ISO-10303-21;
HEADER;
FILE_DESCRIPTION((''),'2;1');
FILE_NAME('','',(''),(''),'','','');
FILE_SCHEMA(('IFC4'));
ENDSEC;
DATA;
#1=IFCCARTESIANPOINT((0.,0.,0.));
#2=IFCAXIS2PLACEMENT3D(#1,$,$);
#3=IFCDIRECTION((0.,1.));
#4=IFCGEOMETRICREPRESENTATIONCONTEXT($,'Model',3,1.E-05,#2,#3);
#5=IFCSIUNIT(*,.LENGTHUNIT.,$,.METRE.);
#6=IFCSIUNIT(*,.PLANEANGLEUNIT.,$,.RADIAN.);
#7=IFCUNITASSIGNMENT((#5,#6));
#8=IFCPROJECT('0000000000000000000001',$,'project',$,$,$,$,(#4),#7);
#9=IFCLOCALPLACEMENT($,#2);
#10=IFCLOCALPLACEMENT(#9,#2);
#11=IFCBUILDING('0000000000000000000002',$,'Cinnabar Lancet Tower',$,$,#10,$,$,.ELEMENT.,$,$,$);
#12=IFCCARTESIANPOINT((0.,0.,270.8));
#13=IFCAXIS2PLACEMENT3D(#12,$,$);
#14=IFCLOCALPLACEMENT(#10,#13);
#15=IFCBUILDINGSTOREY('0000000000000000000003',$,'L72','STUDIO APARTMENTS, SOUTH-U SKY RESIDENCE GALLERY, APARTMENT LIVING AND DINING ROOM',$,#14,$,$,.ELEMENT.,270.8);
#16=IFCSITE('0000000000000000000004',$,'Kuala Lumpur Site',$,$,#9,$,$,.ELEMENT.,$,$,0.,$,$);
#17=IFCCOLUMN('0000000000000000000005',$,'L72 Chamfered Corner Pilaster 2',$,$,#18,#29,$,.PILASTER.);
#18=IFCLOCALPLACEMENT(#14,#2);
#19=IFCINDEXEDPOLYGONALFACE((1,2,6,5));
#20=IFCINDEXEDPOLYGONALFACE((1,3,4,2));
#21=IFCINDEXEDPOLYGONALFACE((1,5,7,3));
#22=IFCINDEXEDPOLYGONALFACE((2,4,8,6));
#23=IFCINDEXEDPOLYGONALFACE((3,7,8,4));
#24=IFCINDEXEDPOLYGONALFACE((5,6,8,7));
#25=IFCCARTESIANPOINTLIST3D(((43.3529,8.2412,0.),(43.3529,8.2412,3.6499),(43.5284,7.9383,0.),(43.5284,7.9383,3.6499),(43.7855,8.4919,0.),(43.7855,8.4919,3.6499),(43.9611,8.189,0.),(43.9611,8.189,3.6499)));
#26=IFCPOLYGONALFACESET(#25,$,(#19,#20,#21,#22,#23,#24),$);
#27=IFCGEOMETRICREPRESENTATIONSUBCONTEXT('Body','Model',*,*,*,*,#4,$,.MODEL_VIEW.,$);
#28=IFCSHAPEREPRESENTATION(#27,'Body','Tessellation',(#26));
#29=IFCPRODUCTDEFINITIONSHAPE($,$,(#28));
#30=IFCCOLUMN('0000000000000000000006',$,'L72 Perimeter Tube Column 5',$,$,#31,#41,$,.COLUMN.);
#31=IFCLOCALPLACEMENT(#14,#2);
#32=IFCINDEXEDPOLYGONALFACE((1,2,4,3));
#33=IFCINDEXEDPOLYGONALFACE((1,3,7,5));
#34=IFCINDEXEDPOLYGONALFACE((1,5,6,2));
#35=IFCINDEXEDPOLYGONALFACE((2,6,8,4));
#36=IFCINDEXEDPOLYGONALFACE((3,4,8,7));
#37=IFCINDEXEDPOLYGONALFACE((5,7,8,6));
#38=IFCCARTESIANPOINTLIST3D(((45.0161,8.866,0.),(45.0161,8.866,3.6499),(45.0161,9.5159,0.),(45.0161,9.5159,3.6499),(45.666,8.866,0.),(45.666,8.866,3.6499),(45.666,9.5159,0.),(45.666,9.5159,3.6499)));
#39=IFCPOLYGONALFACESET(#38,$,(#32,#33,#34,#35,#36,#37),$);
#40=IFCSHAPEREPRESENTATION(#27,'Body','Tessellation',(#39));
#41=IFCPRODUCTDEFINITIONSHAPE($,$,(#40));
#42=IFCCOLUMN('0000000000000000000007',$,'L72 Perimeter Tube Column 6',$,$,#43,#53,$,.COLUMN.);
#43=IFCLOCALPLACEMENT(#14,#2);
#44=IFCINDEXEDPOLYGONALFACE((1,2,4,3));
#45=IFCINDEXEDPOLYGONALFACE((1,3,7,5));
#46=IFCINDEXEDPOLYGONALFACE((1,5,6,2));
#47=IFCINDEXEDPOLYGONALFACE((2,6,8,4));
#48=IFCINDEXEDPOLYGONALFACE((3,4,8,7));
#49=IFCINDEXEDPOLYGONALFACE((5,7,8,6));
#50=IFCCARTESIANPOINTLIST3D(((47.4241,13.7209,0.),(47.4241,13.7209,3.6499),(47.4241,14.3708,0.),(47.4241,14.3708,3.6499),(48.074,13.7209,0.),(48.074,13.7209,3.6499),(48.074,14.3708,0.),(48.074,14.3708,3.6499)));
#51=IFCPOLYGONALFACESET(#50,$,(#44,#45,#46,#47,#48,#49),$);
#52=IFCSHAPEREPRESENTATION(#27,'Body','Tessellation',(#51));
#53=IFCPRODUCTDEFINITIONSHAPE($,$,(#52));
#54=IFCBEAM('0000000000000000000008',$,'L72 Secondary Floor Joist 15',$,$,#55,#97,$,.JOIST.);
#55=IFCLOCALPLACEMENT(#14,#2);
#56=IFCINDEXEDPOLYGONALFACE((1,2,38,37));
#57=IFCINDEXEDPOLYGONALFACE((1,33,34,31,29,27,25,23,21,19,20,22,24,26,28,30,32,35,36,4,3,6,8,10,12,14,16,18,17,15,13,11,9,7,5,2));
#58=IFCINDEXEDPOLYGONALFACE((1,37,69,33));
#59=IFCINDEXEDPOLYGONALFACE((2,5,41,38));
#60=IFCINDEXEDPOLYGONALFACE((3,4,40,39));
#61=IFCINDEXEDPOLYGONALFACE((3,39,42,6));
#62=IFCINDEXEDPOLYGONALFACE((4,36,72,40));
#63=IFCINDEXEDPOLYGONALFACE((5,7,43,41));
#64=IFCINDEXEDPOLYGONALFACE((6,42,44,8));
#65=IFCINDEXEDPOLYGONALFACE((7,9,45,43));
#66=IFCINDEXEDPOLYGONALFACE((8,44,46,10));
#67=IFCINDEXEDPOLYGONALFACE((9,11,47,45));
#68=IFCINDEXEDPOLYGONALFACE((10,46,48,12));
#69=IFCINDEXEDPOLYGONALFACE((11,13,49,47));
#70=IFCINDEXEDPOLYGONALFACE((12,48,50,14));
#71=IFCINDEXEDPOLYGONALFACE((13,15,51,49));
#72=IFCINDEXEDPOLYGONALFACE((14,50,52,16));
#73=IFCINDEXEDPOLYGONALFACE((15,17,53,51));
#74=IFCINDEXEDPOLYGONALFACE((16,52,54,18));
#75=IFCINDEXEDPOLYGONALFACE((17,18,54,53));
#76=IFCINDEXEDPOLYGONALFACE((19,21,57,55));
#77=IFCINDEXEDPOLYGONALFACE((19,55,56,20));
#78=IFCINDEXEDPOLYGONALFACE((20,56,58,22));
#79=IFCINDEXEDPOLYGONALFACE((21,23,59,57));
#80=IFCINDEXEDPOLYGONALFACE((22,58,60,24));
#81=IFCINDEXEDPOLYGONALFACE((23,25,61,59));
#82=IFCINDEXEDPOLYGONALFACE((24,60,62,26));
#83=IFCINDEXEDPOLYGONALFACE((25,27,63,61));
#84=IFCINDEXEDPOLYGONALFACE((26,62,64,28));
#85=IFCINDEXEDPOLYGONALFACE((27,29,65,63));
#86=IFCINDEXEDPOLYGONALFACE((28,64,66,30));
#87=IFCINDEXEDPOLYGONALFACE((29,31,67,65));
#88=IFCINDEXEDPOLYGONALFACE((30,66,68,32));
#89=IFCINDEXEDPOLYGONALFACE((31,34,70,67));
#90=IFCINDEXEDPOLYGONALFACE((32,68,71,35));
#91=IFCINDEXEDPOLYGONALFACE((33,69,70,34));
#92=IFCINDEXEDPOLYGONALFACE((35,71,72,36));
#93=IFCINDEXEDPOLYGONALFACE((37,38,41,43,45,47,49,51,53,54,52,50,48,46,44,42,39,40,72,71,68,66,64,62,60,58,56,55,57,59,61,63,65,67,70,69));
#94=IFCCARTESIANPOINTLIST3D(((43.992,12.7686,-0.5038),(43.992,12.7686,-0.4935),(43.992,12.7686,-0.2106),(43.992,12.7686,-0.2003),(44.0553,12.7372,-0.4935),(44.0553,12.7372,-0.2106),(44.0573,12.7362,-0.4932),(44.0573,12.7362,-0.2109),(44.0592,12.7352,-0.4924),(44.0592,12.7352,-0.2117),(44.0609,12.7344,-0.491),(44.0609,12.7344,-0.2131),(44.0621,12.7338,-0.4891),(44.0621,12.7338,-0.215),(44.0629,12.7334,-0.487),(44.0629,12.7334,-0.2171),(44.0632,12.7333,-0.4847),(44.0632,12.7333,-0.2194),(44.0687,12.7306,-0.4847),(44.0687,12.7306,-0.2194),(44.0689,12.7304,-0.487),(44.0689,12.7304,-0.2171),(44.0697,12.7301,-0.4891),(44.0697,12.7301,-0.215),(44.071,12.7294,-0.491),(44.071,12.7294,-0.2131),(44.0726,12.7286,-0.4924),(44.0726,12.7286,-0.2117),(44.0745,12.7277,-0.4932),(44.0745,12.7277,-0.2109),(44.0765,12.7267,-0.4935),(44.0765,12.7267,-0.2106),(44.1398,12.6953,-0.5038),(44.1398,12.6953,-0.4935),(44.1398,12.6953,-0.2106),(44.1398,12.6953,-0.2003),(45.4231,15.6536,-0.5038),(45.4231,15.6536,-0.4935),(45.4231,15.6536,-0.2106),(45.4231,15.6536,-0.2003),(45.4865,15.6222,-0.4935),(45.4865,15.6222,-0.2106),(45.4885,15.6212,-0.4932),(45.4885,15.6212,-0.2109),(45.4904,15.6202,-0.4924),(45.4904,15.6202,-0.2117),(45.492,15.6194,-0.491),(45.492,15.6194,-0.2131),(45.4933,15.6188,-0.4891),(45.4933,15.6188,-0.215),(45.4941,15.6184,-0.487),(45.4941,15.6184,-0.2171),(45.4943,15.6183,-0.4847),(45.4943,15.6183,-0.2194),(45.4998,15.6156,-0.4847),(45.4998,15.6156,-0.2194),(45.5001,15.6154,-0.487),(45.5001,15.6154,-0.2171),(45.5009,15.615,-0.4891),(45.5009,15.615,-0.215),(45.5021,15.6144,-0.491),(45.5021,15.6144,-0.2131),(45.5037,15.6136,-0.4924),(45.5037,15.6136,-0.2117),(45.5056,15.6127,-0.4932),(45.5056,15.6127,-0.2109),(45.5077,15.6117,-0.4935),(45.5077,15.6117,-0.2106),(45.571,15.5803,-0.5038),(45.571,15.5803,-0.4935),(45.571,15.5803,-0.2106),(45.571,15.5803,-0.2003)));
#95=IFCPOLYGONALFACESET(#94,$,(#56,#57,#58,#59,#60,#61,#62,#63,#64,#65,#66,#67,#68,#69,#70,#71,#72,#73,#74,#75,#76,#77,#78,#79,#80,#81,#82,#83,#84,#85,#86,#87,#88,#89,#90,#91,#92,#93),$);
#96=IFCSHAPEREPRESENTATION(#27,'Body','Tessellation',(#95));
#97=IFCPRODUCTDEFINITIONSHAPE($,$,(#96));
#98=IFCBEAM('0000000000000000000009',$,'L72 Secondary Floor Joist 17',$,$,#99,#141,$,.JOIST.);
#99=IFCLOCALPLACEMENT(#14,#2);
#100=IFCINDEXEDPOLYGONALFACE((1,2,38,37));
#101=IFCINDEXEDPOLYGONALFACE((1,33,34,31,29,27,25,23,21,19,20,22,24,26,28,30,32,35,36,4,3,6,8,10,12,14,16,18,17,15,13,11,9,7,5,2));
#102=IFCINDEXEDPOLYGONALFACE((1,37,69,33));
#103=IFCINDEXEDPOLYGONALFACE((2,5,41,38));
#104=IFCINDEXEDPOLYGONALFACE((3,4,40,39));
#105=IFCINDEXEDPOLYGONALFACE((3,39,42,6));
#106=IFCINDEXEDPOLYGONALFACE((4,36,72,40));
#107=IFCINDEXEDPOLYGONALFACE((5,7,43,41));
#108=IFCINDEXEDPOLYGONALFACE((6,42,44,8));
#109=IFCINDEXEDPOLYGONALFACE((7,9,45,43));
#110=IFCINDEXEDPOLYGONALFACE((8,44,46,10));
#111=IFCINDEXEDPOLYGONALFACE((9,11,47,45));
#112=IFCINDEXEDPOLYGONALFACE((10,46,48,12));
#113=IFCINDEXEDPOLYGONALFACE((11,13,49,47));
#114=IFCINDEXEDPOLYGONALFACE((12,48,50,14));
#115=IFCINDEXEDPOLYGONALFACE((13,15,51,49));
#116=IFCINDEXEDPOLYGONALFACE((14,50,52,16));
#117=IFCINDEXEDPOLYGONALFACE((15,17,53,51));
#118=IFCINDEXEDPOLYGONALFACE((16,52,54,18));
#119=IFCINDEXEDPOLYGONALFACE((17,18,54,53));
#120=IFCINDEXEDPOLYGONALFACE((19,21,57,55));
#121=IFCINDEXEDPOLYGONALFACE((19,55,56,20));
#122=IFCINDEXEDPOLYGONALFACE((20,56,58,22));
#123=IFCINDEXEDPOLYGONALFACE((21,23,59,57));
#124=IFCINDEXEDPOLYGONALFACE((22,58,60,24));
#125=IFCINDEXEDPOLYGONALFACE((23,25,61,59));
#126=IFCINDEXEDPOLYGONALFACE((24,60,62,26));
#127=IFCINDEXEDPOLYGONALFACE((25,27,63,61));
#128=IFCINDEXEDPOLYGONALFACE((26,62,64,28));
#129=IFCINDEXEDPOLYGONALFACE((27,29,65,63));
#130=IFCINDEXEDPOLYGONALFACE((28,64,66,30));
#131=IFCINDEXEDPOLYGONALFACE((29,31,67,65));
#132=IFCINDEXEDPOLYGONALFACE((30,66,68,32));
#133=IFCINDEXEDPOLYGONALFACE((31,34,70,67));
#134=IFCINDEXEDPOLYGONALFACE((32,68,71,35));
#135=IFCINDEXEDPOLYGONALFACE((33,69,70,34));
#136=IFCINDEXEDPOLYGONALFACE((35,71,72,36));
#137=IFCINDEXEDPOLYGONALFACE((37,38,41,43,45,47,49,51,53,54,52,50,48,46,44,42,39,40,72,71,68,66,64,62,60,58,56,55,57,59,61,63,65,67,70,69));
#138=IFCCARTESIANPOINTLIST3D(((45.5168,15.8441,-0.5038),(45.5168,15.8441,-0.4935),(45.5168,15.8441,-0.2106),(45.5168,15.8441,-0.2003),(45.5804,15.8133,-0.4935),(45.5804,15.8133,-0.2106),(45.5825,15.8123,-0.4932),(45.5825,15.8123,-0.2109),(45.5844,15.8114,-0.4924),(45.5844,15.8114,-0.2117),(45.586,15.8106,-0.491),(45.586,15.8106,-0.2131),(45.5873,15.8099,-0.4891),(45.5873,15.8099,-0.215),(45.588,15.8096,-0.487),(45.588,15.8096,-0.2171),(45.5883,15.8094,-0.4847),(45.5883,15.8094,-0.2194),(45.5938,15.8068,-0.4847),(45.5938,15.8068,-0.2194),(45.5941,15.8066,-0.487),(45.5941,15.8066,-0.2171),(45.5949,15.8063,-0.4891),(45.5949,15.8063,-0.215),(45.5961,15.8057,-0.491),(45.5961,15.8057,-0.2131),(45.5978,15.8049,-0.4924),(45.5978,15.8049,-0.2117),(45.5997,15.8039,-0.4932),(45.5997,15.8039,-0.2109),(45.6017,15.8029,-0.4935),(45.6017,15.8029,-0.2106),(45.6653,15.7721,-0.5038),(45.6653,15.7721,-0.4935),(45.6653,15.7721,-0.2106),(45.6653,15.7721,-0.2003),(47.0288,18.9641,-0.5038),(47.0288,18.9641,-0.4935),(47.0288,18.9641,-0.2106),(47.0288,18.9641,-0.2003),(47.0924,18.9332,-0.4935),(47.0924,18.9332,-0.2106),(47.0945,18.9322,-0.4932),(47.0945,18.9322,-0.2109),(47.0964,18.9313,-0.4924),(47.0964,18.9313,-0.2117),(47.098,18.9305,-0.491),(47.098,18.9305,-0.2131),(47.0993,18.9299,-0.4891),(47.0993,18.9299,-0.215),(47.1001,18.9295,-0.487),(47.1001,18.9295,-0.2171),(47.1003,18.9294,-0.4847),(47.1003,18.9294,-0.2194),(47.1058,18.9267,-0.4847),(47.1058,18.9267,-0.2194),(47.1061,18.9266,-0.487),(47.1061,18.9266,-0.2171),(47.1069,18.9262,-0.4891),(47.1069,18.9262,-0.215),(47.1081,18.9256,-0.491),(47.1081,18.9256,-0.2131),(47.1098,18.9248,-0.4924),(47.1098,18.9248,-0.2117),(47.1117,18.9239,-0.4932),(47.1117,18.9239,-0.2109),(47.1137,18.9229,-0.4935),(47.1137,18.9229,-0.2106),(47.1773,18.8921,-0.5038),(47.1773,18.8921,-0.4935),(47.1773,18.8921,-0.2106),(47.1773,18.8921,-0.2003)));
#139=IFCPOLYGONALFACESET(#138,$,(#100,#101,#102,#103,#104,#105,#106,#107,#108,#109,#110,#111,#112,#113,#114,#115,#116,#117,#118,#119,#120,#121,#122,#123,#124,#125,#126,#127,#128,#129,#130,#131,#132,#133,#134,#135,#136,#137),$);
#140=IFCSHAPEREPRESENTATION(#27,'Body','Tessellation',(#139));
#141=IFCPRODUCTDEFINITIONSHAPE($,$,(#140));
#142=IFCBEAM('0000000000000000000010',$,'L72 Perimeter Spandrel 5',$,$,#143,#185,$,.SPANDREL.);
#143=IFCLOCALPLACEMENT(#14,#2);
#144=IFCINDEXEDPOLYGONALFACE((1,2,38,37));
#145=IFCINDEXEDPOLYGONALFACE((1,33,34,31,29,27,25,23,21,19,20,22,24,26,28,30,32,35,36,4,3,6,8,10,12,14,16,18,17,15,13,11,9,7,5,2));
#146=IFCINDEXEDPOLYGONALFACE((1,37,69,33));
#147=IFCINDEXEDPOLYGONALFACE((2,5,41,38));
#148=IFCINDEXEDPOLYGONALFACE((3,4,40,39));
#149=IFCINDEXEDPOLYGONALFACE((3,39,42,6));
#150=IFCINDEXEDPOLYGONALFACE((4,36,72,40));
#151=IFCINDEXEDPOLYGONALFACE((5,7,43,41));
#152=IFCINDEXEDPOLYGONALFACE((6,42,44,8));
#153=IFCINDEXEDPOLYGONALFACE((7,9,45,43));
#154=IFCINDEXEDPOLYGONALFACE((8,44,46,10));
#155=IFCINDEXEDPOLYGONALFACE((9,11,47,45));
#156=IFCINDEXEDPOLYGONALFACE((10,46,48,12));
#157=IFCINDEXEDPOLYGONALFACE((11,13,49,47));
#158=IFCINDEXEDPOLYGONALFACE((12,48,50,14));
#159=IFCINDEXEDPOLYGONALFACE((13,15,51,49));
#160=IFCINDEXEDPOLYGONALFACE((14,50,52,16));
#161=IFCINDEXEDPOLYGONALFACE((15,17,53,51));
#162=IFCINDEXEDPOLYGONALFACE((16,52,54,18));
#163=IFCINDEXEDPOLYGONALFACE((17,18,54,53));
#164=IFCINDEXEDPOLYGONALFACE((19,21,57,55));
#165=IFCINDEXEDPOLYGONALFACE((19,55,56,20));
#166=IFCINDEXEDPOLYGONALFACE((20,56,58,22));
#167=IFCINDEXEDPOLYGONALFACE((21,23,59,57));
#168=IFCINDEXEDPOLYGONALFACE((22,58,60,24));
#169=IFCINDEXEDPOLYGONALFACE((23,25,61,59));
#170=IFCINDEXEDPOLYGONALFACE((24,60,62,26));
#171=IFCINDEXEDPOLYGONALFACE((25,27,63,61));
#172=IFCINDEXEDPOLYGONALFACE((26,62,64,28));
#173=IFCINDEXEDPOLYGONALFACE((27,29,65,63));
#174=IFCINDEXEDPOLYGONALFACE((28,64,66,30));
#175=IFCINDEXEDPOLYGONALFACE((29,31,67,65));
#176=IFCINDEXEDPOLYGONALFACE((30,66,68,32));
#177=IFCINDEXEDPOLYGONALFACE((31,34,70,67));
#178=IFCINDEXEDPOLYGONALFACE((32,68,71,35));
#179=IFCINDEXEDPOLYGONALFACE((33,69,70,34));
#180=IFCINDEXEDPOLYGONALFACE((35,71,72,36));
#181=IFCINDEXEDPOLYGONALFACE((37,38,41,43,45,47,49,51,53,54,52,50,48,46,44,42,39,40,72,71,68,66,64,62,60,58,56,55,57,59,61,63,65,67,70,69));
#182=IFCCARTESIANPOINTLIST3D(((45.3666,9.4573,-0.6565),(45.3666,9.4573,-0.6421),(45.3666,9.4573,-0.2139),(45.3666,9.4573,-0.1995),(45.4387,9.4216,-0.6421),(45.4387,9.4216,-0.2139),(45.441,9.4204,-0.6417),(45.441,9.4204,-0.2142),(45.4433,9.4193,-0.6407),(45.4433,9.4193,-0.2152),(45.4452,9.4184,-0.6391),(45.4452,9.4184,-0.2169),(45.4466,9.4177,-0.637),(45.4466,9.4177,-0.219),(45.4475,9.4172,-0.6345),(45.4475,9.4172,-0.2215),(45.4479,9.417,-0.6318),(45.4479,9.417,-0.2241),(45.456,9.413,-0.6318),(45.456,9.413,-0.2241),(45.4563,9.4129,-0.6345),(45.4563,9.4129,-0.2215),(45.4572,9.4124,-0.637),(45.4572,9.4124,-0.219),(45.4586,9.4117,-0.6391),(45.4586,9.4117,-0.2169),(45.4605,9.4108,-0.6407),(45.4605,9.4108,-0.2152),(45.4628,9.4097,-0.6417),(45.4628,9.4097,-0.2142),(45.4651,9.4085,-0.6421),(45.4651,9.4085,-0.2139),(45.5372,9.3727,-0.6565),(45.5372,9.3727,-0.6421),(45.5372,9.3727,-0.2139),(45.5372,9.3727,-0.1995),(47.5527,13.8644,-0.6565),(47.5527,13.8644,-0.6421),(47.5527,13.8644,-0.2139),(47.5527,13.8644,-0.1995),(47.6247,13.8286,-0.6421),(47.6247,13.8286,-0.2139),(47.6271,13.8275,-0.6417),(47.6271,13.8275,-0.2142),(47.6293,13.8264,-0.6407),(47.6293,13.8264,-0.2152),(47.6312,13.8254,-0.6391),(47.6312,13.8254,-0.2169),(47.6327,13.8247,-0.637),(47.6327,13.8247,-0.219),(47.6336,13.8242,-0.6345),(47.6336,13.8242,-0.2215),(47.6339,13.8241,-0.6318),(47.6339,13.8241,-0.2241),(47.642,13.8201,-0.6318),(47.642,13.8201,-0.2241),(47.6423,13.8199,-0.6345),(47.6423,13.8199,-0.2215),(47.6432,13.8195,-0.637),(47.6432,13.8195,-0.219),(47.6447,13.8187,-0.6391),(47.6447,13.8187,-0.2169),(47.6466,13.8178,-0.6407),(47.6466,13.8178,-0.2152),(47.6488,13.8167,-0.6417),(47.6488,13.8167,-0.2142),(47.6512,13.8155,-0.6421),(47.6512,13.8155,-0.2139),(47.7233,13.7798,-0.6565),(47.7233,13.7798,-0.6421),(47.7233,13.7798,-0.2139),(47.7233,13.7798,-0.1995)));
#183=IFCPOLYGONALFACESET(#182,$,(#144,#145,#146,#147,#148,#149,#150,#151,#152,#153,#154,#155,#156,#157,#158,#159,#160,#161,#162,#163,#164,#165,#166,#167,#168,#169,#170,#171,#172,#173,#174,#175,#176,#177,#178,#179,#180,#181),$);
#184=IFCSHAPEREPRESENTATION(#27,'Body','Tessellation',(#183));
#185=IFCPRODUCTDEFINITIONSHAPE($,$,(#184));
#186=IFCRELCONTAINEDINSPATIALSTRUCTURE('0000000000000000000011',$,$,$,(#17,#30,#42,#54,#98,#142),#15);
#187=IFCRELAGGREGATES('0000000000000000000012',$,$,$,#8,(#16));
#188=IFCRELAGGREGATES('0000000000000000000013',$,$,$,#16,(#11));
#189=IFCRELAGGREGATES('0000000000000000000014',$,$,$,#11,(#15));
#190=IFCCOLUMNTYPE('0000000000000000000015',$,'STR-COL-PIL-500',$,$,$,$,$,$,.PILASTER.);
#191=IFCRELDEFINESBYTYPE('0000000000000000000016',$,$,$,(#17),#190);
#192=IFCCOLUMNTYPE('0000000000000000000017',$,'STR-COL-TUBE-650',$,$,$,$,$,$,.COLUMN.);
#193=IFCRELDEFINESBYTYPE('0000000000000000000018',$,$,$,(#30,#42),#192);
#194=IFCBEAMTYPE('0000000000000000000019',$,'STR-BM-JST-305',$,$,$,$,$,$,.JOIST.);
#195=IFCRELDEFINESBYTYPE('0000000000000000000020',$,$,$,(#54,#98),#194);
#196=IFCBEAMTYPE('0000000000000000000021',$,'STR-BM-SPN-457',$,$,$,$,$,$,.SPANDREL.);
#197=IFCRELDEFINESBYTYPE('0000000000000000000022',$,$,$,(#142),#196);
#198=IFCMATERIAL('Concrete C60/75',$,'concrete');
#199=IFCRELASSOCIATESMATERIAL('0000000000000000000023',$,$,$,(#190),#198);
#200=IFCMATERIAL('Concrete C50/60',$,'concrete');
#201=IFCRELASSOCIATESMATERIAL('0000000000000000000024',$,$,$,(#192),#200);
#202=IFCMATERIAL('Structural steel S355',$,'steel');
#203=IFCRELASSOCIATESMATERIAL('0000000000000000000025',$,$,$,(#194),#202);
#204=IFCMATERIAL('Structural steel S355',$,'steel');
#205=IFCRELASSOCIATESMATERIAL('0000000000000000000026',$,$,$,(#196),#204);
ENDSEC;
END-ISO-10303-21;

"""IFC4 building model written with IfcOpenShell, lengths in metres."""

from ifc_helpers import new_model, si_unit, direction, frame, origin, origin_2d, place, context, subcontext, project, spatial, rectangle, i_section, extrude, material, material_profile, profile_set, type_object, element, save


model = new_model("IFC4")

# Units and contexts
model_context = context("Model", 3, precision=1e-05, world=origin(), true_north=direction((0.0, 1.0)))
body_context = subcontext(model_context, "Body", "Model", "MODEL_VIEW")
ifc_project = project(units=[si_unit("LENGTHUNIT", "METRE"), si_unit("PLANEANGLEUNIT", "RADIAN")], contexts=[model_context])

# Site, building, storey
site_placement = place(None, origin())
site = spatial("IfcSite", under=ifc_project, at=site_placement, Name="Kuala Lumpur Site", CompositionType="ELEMENT", RefElevation=0.0)
building_placement = place(site_placement, origin())
building = spatial("IfcBuilding", under=site, at=building_placement, Name="Cinnabar Lancet Tower", CompositionType="ELEMENT")
storey_placement = place(building_placement, frame((0.0, 0.0, 270.8)))
storey = spatial("IfcBuildingStorey", under=building, at=storey_placement, Name="L72", Description="STUDIO APARTMENTS, SOUTH-U SKY RESIDENCE GALLERY, APARTMENT LIVING AND DINING ROOM", CompositionType="ELEMENT", Elevation=270.8)

# Columns
ifc_material_1 = material(Name="Concrete C60/75", Category="concrete")
ifc_material_profile_1 = material_profile(ifc_material_1, rectangle(XDim=0.5, YDim=0.3501, at=origin_2d()), Name="RC-PIL 500x350")
ifc_profile_set_1 = profile_set([ifc_material_profile_1], Name="Concrete C60/75")
column_type_1 = type_object("IfcColumnType", Name="STR-COL-PIL-500", PredefinedType="PILASTER", material=ifc_profile_set_1)
column_placement = place(storey_placement, frame((43.657, 8.2151, 0.0), z_axis=(0.0, 0.0, 1.0), x_axis=(0.865256, 0.50133, 0.0)))
element("IfcColumn", 1, at=column_placement, inside=storey, type_object=column_type_1, Name="L72 Chamfered Corner Pilaster 2", PredefinedType="PILASTER", context=body_context, shape_type="SweptSolid", body=[
    extrude(rectangle(XDim=0.5, YDim=0.3501, at=origin_2d()), origin(), (0.0, 0.0, 1.0), 3.6499),
])
ifc_material_2 = material(Name="Concrete C50/60", Category="concrete")
ifc_material_profile_2 = material_profile(ifc_material_2, rectangle(XDim=0.6499, YDim=0.6499, at=origin_2d()), Name="RC-COL 650x650")
ifc_profile_set_2 = profile_set([ifc_material_profile_2], Name="Concrete C50/60")
column_type_2 = type_object("IfcColumnType", Name="STR-COL-TUBE-650", PredefinedType="COLUMN", material=ifc_profile_set_2)
for number, where, z_axis, x_axis, name in (
    (2, (45.3411, 9.1909, 0.0), (0.0, 0.0, 1.0), (1.0, 0.0, 0.0), "L72 Perimeter Tube Column 5"),
    (3, (47.749, 14.0459, 0.0), (0.0, 0.0, 1.0), (1.0, 0.0, 0.0), "L72 Perimeter Tube Column 6"),
):
    element("IfcColumn", number, at=place(storey_placement, frame(where, z_axis=z_axis, x_axis=x_axis)), inside=storey, type_object=column_type_2, Name=name, PredefinedType="COLUMN", context=body_context, shape_type="SweptSolid", body=[
        extrude(rectangle(XDim=0.6499, YDim=0.6499, at=origin_2d()), origin(), (0.0, 0.0, 1.0), 3.6499),
    ])

# Beams
ifc_material_3 = material(Name="Structural steel S355", Category="steel")
ifc_material_profile_3 = material_profile(ifc_material_3, i_section(OverallWidth=0.165, OverallDepth=0.3035, WebThickness=0.0061, FlangeThickness=0.0103, FilletRadius=0.0088, at=origin_2d()), Name="UKB 305x165x40")
ifc_profile_set_3 = profile_set([ifc_material_profile_3], Name="Structural steel S355")
beam_type_1 = type_object("IfcBeamType", Name="STR-BM-JST-305", PredefinedType="JOIST", material=ifc_profile_set_3)
beam_1_placement = place(storey_placement, frame((44.0659, 12.7319, -0.3521), z_axis=(0.444391, 0.895833, 0.0), x_axis=(-0.895833, 0.444391, 0.0)))
element("IfcBeam", 4, at=beam_1_placement, inside=storey, type_object=beam_type_1, Name="L72 Secondary Floor Joist 15", PredefinedType="JOIST", context=body_context, shape_type="SweptSolid", body=[
    extrude(i_section(OverallWidth=0.165, OverallDepth=0.3035, WebThickness=0.0061, FlangeThickness=0.0103, FilletRadius=0.0088, at=origin_2d()), origin(), (0.0, 0.0, 1.0), 3.2205),
])
beam_2_placement = place(storey_placement, frame((45.5911, 15.8081, -0.3521), z_axis=(0.436109, 0.899894, 0.0), x_axis=(-0.899894, 0.436109, 0.0)))
element("IfcBeam", 5, at=beam_2_placement, inside=storey, type_object=beam_type_1, Name="L72 Secondary Floor Joist 17", PredefinedType="JOIST", context=body_context, shape_type="SweptSolid", body=[
    extrude(i_section(OverallWidth=0.165, OverallDepth=0.3035, WebThickness=0.0061, FlangeThickness=0.0103, FilletRadius=0.0088, at=origin_2d()), origin(), (0.0, 0.0, 1.0), 3.467),
])
ifc_material_4 = material(Name="Structural steel S355", Category="steel")
ifc_material_profile_4 = material_profile(ifc_material_4, i_section(OverallWidth=0.1904, OverallDepth=0.457, WebThickness=0.009, FlangeThickness=0.0144, FilletRadius=0.0103, at=origin_2d()), Name="UKB 457x191x74")
ifc_profile_set_4 = profile_set([ifc_material_profile_4], Name="Structural steel S355")
beam_type_2 = type_object("IfcBeamType", Name="STR-BM-SPN-457", PredefinedType="SPANDREL", material=ifc_profile_set_4)
beam_3_placement = place(storey_placement, frame((45.4519, 9.415, -0.428), z_axis=(0.444373, 0.895842, 0.0), x_axis=(-0.895842, 0.444373, 0.0)))
element("IfcBeam", 6, at=beam_3_placement, inside=storey, type_object=beam_type_2, Name="L72 Perimeter Spandrel 5", PredefinedType="SPANDREL", context=body_context, shape_type="SweptSolid", body=[
    extrude(i_section(OverallWidth=0.1904, OverallDepth=0.457, WebThickness=0.009, FlangeThickness=0.0144, FilletRadius=0.0103, at=origin_2d()), origin(), (0.0, 0.0, 1.0), 4.9194),
])

save(model, "model.ifc")
